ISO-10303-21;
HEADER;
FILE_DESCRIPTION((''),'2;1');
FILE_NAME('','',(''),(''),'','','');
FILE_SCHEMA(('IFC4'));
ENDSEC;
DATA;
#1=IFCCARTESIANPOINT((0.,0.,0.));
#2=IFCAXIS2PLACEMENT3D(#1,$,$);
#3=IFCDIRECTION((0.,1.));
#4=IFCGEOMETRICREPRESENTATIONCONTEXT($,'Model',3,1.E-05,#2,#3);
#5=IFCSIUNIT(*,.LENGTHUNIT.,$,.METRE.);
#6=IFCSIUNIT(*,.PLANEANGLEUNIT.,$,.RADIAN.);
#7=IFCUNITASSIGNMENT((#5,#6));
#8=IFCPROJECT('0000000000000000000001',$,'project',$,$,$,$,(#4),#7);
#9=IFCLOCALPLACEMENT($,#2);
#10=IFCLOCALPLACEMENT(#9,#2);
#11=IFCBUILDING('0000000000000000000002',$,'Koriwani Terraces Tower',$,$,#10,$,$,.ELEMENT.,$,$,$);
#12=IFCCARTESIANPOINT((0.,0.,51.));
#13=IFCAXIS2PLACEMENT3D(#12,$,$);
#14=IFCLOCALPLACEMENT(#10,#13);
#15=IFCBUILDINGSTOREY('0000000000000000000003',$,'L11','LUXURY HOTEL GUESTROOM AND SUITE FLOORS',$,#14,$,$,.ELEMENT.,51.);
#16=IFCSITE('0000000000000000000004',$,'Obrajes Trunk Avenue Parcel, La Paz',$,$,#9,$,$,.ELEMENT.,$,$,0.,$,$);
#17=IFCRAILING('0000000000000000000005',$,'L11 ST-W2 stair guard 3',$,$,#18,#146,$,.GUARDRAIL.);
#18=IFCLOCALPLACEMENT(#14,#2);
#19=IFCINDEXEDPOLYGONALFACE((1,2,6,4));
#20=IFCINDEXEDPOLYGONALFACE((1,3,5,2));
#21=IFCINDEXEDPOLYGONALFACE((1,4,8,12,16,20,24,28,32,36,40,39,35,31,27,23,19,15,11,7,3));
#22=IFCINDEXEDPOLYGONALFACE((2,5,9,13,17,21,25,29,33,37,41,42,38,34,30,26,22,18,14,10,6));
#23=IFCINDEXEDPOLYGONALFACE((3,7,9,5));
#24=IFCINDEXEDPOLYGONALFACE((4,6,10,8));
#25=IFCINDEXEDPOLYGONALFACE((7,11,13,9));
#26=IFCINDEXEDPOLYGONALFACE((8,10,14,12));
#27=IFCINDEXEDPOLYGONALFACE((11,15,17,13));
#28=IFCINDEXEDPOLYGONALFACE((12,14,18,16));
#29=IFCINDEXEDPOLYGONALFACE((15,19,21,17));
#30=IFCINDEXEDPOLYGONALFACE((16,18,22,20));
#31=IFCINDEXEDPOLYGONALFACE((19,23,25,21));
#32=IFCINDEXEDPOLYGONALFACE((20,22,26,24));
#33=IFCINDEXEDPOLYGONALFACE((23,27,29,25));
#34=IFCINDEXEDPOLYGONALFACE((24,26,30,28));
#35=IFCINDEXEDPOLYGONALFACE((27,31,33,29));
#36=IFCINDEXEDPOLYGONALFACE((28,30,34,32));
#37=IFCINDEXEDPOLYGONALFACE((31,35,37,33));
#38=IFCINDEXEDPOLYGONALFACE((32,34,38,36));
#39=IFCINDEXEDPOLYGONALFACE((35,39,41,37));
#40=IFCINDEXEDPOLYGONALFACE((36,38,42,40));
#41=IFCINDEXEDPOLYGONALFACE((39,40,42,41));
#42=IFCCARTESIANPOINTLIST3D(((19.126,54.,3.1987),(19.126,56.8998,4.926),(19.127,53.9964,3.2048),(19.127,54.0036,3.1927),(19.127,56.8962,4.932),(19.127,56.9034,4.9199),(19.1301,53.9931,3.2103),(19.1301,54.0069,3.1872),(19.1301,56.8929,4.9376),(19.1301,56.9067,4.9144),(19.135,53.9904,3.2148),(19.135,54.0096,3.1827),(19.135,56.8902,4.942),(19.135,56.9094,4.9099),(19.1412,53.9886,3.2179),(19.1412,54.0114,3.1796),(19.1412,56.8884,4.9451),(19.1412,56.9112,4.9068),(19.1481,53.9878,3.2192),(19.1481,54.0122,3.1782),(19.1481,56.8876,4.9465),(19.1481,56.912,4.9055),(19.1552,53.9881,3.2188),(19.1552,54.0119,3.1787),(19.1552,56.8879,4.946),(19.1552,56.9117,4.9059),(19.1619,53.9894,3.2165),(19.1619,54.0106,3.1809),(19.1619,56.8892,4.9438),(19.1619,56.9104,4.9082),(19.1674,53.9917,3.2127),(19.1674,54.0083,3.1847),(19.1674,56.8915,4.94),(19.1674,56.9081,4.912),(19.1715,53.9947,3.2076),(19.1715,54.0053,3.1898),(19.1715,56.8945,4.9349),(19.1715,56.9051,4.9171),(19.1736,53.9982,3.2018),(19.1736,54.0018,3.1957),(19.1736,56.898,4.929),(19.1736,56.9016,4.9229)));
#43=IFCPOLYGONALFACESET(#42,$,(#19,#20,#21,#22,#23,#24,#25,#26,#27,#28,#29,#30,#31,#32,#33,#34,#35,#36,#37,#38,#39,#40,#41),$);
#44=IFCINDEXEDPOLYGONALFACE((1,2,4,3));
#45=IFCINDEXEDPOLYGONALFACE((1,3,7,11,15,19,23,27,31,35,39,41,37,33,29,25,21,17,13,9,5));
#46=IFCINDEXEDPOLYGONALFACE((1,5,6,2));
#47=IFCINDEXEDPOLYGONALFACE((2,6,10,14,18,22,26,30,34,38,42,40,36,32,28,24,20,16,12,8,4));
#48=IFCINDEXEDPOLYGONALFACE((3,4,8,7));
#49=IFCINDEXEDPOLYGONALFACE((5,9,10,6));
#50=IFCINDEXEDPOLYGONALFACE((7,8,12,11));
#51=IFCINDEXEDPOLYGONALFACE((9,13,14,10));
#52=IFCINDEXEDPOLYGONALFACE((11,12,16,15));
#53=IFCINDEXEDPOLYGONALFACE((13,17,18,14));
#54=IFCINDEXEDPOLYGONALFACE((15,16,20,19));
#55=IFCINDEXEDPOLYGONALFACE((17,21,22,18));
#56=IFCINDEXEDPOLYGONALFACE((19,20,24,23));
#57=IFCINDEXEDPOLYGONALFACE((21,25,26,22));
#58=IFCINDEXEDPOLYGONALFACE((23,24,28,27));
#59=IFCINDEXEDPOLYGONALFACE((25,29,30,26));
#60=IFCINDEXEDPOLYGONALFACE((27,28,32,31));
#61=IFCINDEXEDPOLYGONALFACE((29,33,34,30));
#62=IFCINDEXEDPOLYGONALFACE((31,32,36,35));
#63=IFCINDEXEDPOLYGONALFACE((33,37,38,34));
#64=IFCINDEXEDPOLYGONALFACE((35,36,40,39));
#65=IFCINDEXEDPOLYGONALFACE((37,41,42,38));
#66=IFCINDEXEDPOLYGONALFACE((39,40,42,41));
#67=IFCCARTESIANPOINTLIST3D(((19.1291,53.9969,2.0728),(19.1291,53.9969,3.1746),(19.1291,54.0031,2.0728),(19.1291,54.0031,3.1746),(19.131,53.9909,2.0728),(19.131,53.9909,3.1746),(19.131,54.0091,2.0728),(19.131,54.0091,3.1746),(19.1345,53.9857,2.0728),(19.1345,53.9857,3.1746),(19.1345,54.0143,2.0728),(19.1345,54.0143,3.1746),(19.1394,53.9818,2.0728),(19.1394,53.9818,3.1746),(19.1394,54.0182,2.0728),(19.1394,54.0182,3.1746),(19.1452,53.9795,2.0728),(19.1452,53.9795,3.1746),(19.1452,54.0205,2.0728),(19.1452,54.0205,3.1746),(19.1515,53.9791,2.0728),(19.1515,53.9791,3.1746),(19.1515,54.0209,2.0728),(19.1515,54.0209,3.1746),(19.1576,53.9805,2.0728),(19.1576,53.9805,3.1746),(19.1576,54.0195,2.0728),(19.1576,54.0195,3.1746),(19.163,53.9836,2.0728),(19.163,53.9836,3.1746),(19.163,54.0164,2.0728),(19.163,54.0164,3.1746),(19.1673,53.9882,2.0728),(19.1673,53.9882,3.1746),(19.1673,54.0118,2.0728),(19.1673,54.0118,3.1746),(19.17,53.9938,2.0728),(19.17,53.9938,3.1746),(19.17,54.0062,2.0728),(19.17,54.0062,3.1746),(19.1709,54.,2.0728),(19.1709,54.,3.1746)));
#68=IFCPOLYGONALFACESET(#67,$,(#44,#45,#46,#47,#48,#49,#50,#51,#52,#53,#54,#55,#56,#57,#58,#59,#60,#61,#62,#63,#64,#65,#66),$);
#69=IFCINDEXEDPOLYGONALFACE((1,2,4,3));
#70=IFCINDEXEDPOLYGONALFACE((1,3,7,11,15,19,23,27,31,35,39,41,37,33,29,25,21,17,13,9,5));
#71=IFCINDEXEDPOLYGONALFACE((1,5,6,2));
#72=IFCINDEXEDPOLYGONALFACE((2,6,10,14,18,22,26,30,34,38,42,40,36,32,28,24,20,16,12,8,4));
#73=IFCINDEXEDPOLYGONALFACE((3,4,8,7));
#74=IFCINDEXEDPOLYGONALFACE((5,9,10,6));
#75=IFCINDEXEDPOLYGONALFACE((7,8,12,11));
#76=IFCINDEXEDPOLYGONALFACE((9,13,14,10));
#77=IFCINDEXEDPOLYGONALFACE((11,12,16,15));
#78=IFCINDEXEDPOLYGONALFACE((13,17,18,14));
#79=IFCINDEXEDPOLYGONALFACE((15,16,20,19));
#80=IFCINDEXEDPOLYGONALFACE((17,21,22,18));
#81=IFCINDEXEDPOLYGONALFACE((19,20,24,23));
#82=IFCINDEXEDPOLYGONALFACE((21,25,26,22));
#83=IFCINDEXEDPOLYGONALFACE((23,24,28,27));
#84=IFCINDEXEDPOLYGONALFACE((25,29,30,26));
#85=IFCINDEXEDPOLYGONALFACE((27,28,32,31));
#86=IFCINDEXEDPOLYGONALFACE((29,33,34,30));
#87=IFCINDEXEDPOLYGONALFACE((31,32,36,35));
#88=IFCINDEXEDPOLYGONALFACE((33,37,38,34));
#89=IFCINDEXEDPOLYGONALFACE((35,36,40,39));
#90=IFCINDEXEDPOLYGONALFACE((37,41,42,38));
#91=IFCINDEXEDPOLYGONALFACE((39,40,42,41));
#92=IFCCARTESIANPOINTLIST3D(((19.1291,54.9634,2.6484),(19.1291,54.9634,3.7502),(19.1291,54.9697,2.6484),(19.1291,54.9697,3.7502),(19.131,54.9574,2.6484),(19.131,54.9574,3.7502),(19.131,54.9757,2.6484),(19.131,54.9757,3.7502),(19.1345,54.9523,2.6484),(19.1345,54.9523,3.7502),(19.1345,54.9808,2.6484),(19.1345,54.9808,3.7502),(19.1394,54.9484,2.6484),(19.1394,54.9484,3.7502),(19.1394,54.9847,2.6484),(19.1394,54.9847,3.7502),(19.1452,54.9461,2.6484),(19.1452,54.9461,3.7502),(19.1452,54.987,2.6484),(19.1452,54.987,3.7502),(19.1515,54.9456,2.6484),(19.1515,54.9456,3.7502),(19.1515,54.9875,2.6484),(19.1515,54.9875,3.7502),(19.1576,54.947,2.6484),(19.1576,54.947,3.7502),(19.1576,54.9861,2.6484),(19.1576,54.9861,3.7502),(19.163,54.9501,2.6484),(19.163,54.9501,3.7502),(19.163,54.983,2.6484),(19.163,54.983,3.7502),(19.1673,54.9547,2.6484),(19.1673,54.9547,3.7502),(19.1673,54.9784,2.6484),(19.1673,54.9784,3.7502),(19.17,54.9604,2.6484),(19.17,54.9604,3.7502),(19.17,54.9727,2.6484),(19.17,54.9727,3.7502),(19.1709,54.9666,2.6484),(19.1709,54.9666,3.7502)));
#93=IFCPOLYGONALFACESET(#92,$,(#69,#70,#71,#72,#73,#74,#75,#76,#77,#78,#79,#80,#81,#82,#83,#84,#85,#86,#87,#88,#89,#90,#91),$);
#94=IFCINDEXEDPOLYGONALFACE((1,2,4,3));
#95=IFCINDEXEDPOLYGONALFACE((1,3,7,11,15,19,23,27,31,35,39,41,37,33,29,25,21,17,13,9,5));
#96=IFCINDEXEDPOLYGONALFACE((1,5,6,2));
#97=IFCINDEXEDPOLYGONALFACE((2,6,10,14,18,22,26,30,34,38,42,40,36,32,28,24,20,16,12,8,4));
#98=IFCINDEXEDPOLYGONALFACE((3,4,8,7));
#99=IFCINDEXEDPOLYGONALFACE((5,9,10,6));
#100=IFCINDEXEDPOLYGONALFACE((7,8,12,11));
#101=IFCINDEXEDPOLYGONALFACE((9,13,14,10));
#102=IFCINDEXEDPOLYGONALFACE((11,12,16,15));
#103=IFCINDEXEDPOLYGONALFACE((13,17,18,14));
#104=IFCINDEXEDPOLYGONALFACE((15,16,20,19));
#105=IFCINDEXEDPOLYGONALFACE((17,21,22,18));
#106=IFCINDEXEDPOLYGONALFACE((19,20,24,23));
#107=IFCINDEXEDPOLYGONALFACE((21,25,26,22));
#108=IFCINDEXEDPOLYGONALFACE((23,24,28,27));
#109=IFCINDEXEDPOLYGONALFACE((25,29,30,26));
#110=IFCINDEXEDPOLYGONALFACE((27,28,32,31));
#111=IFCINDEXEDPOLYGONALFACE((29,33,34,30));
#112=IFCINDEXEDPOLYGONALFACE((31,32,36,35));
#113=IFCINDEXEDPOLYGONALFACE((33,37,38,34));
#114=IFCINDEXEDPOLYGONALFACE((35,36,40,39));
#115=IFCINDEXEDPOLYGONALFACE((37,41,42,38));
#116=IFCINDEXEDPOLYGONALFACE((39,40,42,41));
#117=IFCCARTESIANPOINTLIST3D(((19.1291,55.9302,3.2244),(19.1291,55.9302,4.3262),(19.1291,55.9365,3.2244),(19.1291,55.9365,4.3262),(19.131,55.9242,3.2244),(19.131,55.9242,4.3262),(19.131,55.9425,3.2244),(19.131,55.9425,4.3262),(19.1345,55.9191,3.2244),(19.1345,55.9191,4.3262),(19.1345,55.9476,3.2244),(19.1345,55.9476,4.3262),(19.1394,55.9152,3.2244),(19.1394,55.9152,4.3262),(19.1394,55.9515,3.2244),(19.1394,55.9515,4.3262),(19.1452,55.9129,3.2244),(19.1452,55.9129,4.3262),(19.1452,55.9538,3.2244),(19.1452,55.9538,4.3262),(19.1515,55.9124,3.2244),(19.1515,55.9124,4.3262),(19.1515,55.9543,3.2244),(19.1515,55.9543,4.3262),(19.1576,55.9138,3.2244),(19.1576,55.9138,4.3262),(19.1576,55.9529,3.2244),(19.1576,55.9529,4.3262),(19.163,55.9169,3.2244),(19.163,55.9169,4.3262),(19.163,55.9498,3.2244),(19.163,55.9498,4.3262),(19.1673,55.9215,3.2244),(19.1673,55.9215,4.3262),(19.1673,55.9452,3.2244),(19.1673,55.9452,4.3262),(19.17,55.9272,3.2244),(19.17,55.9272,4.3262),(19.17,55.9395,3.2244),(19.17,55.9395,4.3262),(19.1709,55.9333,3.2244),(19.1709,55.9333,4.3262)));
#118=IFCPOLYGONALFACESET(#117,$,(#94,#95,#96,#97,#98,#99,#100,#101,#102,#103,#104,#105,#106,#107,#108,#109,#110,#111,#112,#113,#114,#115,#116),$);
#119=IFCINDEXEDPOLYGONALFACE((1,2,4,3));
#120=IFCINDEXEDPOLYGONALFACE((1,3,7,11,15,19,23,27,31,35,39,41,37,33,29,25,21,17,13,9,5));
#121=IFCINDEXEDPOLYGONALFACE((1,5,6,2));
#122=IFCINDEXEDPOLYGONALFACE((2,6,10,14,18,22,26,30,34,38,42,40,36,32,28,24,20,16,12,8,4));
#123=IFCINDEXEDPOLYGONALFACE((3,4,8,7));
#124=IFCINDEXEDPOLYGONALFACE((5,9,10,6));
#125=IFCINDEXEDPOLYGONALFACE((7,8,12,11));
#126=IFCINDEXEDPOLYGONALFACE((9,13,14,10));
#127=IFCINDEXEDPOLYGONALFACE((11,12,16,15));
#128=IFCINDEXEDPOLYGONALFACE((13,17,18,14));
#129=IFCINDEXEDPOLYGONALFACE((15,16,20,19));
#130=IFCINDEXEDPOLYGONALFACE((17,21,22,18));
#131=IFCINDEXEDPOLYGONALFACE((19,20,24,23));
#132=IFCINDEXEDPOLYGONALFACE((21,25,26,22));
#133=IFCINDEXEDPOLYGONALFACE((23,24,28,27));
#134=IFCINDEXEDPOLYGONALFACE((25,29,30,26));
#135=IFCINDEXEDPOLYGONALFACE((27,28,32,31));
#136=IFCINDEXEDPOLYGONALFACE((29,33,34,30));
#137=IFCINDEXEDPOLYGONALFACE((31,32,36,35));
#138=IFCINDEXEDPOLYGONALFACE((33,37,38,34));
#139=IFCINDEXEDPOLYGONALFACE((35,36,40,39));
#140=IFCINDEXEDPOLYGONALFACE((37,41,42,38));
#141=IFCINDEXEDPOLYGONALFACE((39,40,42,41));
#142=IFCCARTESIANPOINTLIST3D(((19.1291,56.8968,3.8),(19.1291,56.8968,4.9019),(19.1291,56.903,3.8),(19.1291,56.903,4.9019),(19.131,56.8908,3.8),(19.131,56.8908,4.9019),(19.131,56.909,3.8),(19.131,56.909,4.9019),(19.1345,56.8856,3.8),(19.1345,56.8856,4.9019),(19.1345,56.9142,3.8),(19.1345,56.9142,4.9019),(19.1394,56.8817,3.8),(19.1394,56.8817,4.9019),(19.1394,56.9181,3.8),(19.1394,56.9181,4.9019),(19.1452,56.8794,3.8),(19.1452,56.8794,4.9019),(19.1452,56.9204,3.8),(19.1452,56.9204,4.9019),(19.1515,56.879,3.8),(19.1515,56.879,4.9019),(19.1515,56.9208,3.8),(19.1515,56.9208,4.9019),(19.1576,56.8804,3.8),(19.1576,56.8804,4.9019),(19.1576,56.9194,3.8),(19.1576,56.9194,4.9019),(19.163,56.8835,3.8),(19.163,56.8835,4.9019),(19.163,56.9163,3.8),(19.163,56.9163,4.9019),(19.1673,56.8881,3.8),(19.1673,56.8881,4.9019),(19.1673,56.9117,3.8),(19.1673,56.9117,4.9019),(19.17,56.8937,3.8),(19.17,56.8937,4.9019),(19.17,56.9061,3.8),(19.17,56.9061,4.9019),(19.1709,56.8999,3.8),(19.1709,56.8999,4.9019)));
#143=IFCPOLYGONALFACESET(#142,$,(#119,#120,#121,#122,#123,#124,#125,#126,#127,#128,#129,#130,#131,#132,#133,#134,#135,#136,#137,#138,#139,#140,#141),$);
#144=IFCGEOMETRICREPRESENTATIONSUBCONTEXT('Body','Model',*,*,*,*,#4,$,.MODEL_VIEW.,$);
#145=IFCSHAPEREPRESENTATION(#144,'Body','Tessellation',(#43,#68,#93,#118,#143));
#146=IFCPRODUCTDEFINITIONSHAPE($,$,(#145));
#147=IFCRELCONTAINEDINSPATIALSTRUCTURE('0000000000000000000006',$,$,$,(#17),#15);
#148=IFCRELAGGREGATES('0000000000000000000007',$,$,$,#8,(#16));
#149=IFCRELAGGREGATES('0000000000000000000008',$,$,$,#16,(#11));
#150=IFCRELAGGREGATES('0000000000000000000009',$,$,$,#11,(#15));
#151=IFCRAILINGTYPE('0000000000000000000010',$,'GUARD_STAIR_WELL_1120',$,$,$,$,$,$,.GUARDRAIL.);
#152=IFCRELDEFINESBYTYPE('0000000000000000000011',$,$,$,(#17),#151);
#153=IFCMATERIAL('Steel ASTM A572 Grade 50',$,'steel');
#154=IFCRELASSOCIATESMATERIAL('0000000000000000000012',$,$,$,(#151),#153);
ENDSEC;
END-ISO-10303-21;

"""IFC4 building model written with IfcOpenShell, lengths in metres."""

from ifc_helpers import new_model, si_unit, direction, frame, origin, origin_2d, place, context, subcontext, project, spatial, circle, extrude, material, type_object, element, save


model = new_model("IFC4")

# Units and contexts
model_context = context("Model", 3, precision=1e-05, world=origin(), true_north=direction((0.0, 1.0)))
body_context = subcontext(model_context, "Body", "Model", "MODEL_VIEW")
ifc_project = project(units=[si_unit("LENGTHUNIT", "METRE"), si_unit("PLANEANGLEUNIT", "RADIAN")], contexts=[model_context])

# Site, building, storey
site_placement = place(None, origin())
site = spatial("IfcSite", under=ifc_project, at=site_placement, Name="Obrajes Trunk Avenue Parcel, La Paz", CompositionType="ELEMENT", RefElevation=0.0)
building_placement = place(site_placement, origin())
building = spatial("IfcBuilding", under=site, at=building_placement, Name="Koriwani Terraces Tower", CompositionType="ELEMENT")
storey_placement = place(building_placement, frame((0.0, 0.0, 51.0)))
storey = spatial("IfcBuildingStorey", under=building, at=storey_placement, Name="L11", Description="LUXURY HOTEL GUESTROOM AND SUITE FLOORS", CompositionType="ELEMENT", Elevation=51.0)

# Shared definitions
ifc_material_1 = material(Name="Steel ASTM A572 Grade 50", Category="steel")

# Railing
railing_type_1 = type_object("IfcRailingType", Name="GUARD_STAIR_WELL_1120", PredefinedType="GUARDRAIL", material=ifc_material_1)
railing_1_placement = place(storey_placement, frame((19.1499, 54.0, 2.0728)))
element("IfcRailing", 1, at=railing_1_placement, inside=storey, type_object=railing_type_1, Name="L11 ST-W2 stair guard 3", PredefinedType="GUARDRAIL", context=body_context, shape_type="SweptSolid", body=[
    extrude(circle(Radius=0.0239, at=origin_2d()), frame((0.0, 0.0, 1.126), z_axis=(0.0, 0.859141, 0.511738), x_axis=(-1.0, 0.0, 0.0)), (0.0, 0.0, 1.0), 3.3752),
    extrude(circle(Radius=0.021, at=origin_2d()), origin(), (0.0, 0.0, 1.0), 1.1018),
    extrude(circle(Radius=0.021, at=origin_2d()), frame((0.0, 0.9666, 0.5757)), (0.0, 0.0, 1.0), 1.1018),
    extrude(circle(Radius=0.021, at=origin_2d()), frame((0.0, 1.9333, 1.1516)), (0.0, 0.0, 1.0), 1.1018),
    extrude(circle(Radius=0.021, at=origin_2d()), frame((0.0, 2.8999, 1.7273)), (0.0, 0.0, 1.0), 1.1018),
])

save(model, "model.ifc")
